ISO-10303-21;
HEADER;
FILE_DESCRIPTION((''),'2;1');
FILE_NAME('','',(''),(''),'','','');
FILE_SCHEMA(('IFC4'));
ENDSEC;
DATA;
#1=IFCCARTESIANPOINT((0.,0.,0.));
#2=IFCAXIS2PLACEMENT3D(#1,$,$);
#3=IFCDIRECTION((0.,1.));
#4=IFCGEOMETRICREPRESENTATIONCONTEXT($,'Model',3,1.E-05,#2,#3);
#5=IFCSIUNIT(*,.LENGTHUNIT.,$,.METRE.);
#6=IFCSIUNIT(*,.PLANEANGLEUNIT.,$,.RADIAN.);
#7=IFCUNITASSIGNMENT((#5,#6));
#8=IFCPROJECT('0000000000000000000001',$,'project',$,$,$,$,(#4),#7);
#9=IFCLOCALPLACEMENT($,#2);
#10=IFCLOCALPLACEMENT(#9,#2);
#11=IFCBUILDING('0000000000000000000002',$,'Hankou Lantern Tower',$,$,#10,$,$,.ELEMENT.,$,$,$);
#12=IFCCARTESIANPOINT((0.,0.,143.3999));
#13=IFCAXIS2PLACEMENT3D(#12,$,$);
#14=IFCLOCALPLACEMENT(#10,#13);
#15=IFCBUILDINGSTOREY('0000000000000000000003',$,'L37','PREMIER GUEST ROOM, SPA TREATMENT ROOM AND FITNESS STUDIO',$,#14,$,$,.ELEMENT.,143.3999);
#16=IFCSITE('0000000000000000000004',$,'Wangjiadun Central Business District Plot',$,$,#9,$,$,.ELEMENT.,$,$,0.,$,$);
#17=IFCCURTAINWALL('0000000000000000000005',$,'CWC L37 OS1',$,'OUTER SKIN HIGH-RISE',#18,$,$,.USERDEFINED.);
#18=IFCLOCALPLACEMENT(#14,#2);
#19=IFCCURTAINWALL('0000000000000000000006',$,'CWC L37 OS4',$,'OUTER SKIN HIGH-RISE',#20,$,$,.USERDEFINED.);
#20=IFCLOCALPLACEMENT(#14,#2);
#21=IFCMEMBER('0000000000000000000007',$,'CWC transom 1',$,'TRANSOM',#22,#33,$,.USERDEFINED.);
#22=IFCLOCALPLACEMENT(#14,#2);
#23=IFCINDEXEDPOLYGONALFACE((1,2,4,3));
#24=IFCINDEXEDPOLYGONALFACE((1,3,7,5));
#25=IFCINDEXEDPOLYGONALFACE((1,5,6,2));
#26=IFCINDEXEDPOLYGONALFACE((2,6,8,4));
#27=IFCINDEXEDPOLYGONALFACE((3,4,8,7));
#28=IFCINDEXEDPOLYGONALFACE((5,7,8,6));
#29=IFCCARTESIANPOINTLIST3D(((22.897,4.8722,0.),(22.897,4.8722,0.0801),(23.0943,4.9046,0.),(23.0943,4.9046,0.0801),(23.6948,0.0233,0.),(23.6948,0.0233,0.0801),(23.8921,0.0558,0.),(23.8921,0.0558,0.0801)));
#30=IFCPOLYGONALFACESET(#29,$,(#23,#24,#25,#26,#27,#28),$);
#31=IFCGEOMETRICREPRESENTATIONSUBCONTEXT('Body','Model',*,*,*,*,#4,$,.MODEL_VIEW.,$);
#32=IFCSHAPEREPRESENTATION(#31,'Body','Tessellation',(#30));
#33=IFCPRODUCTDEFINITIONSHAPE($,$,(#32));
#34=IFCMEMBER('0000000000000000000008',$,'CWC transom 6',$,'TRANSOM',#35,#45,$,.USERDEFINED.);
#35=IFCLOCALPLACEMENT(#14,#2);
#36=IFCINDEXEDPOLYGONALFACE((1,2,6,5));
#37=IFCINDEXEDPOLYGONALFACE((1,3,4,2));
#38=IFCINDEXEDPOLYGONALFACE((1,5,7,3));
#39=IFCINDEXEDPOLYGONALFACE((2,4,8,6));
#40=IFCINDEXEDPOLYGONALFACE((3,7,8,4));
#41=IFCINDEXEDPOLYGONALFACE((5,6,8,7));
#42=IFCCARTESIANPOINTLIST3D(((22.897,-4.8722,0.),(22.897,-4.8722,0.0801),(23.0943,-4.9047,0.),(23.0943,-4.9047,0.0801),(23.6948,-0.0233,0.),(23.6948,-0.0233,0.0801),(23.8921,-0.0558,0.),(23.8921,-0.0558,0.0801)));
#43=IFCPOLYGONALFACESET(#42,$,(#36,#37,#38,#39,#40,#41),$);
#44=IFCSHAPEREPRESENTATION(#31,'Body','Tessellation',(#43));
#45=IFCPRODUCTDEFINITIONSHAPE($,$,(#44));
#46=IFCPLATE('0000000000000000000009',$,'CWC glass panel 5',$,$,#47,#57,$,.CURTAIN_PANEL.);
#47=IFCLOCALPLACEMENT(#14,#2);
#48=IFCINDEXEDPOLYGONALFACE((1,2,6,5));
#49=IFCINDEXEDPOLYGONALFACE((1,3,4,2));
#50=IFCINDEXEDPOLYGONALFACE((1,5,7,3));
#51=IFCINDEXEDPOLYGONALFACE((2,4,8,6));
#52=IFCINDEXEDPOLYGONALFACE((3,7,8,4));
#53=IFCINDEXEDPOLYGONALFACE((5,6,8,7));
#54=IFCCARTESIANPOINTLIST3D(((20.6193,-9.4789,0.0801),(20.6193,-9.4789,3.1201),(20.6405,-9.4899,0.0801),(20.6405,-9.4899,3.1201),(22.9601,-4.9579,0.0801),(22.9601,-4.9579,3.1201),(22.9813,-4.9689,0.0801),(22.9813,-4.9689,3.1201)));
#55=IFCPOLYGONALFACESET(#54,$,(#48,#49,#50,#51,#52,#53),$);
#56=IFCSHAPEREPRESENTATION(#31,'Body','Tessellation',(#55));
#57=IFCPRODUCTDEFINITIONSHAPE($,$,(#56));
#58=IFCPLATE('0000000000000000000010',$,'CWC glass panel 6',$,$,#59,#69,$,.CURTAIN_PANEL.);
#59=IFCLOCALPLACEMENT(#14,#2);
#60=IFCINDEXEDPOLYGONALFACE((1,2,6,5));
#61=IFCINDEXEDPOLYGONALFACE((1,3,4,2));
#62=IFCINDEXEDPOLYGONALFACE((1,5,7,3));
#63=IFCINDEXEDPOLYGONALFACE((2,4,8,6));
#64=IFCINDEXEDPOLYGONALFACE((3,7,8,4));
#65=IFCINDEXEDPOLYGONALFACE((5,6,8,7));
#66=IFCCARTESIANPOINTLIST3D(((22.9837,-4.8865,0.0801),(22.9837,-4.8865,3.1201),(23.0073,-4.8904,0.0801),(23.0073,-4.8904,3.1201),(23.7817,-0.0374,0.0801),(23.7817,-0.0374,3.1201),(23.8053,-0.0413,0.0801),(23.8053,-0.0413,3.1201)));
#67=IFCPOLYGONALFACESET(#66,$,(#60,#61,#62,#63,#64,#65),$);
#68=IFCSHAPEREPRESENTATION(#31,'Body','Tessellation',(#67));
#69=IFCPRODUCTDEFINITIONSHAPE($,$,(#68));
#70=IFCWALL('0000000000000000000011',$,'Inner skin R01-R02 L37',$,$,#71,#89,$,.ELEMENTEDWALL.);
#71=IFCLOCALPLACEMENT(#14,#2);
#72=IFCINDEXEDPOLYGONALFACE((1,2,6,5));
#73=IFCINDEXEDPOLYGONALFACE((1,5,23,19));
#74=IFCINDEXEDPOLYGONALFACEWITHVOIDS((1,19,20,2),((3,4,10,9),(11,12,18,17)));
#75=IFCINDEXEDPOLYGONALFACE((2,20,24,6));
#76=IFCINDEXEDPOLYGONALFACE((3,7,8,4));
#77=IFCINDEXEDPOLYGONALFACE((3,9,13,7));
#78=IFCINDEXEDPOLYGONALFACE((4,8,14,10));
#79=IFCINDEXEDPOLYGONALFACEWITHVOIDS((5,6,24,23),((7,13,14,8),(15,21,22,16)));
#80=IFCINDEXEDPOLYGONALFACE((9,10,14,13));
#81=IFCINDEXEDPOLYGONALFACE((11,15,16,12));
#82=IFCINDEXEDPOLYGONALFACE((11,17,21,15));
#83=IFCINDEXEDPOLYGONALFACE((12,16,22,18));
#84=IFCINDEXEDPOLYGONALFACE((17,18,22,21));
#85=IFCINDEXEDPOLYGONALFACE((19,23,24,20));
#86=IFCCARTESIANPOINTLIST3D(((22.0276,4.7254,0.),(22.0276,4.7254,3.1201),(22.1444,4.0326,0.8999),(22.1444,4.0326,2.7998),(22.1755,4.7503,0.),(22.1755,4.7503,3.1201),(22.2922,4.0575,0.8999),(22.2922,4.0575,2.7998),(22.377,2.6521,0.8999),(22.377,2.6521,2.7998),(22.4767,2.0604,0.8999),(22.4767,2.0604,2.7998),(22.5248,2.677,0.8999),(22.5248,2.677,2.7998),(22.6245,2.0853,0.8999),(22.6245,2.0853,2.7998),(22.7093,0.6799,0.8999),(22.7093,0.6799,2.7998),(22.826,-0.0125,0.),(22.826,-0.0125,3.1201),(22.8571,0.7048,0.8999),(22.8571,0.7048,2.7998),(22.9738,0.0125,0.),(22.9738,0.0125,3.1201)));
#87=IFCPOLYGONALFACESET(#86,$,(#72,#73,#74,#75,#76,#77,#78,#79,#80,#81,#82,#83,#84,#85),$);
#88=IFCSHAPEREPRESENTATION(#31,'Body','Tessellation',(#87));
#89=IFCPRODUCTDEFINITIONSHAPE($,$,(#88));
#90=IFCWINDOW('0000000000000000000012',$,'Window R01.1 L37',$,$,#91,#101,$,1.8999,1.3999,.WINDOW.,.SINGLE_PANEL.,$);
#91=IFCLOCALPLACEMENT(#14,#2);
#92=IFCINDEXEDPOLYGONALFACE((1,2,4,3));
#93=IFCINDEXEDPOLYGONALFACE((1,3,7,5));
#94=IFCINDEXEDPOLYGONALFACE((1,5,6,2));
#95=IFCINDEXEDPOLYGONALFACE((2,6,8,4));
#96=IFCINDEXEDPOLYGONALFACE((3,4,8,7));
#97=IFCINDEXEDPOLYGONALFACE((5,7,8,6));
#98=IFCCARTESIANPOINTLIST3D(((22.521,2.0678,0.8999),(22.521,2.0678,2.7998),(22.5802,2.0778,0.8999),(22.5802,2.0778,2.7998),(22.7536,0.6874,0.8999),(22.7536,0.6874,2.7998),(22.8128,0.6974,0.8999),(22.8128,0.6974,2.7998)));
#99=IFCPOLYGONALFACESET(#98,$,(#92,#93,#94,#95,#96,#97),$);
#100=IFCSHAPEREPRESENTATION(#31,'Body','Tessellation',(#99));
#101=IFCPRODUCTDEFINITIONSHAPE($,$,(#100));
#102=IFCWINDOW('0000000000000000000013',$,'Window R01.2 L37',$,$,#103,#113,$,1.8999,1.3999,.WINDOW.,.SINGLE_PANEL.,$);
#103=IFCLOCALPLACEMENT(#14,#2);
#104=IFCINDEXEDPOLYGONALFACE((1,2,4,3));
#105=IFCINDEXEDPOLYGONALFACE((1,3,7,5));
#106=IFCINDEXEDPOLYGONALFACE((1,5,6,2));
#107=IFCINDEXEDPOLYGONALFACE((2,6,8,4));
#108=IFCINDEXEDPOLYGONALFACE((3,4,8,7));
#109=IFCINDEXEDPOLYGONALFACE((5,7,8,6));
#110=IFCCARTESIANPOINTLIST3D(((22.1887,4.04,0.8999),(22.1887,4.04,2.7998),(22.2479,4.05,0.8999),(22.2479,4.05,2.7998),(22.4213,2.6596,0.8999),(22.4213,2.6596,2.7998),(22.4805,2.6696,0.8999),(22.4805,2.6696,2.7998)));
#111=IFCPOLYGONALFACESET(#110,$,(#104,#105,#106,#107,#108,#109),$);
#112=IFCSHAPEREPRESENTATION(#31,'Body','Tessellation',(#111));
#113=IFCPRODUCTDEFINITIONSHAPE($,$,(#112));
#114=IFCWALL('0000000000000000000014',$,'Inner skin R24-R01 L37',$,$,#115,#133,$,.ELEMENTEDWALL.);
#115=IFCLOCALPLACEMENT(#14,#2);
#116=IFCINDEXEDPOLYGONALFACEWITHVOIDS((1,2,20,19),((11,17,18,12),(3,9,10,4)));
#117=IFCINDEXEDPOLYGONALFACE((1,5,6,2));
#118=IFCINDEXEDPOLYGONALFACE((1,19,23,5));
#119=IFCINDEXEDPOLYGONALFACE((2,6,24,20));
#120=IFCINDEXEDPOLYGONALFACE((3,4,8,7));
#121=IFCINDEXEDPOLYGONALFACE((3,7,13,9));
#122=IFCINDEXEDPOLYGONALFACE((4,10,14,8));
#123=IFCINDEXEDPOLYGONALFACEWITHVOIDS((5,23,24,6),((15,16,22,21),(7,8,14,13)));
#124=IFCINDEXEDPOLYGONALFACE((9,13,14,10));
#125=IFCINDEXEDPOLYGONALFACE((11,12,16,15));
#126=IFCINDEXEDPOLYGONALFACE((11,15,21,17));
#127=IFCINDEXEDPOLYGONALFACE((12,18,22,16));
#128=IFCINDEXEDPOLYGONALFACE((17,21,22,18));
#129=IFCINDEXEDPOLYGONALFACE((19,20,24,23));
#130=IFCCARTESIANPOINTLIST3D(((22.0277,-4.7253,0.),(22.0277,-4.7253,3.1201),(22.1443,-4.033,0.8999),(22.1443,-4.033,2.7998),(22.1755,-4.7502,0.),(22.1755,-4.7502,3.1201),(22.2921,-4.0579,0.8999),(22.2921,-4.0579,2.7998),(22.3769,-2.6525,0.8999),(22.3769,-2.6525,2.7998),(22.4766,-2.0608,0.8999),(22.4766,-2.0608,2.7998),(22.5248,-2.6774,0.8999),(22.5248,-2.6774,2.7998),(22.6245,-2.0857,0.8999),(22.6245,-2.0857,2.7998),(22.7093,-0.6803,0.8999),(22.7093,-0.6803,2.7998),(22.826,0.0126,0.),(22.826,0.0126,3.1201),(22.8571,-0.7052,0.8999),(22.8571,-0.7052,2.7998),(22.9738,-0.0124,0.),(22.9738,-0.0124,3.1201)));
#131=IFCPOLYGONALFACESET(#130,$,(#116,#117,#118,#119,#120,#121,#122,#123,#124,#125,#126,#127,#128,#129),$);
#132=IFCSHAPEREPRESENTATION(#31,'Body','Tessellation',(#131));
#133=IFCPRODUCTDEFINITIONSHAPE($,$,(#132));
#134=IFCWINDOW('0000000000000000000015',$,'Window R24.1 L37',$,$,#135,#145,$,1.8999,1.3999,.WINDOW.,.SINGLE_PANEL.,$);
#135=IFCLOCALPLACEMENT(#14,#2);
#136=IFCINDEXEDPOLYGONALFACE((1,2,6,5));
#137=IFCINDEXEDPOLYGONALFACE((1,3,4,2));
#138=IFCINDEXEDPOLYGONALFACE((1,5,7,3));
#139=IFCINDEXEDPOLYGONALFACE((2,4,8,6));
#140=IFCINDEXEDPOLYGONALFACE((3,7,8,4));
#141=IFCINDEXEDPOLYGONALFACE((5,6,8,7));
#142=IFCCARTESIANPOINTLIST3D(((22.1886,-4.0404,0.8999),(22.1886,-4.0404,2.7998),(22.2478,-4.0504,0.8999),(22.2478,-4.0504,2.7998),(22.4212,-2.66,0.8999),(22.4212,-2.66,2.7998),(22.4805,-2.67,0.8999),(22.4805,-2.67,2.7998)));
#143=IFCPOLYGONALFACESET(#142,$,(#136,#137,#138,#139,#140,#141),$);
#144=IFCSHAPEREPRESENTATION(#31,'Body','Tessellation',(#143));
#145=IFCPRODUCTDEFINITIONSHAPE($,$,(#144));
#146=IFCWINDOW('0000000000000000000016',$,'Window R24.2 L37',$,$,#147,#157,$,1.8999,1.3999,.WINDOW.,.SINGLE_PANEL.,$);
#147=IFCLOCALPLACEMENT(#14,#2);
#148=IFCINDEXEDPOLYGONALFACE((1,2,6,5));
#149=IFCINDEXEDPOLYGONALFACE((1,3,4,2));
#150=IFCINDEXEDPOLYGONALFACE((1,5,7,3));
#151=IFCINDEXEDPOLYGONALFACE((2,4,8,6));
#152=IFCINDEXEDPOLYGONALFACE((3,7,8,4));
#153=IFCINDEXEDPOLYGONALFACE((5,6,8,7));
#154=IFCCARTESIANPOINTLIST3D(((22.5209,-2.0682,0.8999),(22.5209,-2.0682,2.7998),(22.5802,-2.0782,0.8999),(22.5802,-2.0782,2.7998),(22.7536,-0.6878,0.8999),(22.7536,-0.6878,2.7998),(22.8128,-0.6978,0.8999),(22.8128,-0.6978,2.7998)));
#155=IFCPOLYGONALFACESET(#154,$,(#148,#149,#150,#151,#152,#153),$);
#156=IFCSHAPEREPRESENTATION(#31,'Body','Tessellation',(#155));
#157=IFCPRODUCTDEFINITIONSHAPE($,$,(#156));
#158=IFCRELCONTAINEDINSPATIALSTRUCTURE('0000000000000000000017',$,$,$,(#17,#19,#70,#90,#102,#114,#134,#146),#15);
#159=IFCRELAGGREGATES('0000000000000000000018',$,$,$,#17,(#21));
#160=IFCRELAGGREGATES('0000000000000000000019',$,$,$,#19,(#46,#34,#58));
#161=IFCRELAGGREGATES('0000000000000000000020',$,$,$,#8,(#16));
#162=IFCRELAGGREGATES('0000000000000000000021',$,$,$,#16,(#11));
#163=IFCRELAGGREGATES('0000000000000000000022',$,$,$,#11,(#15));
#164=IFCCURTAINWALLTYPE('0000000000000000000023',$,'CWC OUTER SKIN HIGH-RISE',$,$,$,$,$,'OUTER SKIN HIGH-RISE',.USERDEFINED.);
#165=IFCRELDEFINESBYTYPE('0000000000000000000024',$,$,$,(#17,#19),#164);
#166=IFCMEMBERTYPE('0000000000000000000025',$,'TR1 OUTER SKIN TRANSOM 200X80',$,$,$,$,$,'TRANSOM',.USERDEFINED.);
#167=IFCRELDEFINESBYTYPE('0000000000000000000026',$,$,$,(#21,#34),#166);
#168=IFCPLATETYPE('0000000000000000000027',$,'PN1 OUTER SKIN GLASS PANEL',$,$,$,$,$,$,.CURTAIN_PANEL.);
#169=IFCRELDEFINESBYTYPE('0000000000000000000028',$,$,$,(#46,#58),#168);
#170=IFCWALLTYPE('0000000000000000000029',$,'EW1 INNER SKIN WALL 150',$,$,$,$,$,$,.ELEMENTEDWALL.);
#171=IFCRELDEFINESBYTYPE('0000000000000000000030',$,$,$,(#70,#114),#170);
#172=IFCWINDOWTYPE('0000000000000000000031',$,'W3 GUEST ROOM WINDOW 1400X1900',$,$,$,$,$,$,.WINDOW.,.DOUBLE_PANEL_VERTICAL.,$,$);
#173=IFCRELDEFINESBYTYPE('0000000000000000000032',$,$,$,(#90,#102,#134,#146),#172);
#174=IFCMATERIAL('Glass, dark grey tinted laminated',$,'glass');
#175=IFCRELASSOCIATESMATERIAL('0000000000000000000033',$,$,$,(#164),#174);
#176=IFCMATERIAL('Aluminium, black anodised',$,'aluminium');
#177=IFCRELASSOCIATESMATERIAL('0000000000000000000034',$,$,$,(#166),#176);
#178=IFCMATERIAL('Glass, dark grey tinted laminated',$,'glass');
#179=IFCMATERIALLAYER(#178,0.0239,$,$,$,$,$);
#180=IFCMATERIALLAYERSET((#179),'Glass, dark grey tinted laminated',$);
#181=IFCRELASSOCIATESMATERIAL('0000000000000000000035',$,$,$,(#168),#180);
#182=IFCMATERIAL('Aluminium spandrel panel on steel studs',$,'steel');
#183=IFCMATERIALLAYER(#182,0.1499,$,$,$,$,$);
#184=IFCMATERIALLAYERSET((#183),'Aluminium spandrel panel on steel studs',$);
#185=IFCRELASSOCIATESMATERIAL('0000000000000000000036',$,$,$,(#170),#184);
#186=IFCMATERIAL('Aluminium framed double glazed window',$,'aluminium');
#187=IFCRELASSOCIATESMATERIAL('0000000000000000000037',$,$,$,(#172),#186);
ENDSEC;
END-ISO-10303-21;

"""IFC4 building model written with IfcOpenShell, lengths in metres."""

from ifc_helpers import new_model, si_unit, direction, frame, frame_2d, origin, origin_2d, place, context, subcontext, project, spatial, rectangle, extrude, material, layer, layer_set, material_profile, profile_set, type_object, element, fill, aggregate, save


model = new_model("IFC4")

# Units and contexts
model_context = context("Model", 3, precision=1e-05, world=origin(), true_north=direction((0.0, 1.0)))
body_context = subcontext(model_context, "Body", "Model", "MODEL_VIEW")
ifc_project = project(units=[si_unit("LENGTHUNIT", "METRE"), si_unit("PLANEANGLEUNIT", "RADIAN")], contexts=[model_context])

# Site, building, storey
site_placement = place(None, origin())
site = spatial("IfcSite", under=ifc_project, at=site_placement, Name="Wangjiadun Central Business District Plot", CompositionType="ELEMENT", RefElevation=0.0)
building_placement = place(site_placement, origin())
building = spatial("IfcBuilding", under=site, at=building_placement, Name="Hankou Lantern Tower", CompositionType="ELEMENT")
storey_placement = place(building_placement, frame((0.0, 0.0, 143.3999)))
storey = spatial("IfcBuildingStorey", under=building, at=storey_placement, Name="L37", Description="PREMIER GUEST ROOM, SPA TREATMENT ROOM AND FITNESS STUDIO", CompositionType="ELEMENT", Elevation=143.3999)

# Curtain walls
ifc_material_1 = material(Name="Glass, dark grey tinted laminated", Category="glass")
curtain_wall_type = type_object("IfcCurtainWallType", Name="CWC OUTER SKIN HIGH-RISE", ElementType="OUTER SKIN HIGH-RISE", PredefinedType="USERDEFINED", material=ifc_material_1)
curtain_wall_1_placement = place(storey_placement, origin())
curtain_wall_1 = element("IfcCurtainWall", 1, at=curtain_wall_1_placement, inside=storey, type_object=curtain_wall_type, Name="CWC L37 OS1", ObjectType="OUTER SKIN HIGH-RISE", PredefinedType="USERDEFINED")
curtain_wall_2_placement = place(storey_placement, origin())
curtain_wall_2 = element("IfcCurtainWall", 2, at=curtain_wall_2_placement, inside=storey, type_object=curtain_wall_type, Name="CWC L37 OS4", ObjectType="OUTER SKIN HIGH-RISE", PredefinedType="USERDEFINED")

# Members
ifc_material_2 = material(Name="Aluminium, black anodised", Category="aluminium")
ifc_material_profile_1 = material_profile(ifc_material_2, rectangle(XDim=0.2, YDim=0.0801, at=origin_2d()), Name="TR1 200X80")
ifc_profile_set_1 = profile_set([ifc_material_profile_1], Name="Aluminium, black anodised")
member_type_1 = type_object("IfcMemberType", Name="TR1 OUTER SKIN TRANSOM 200X80", ElementType="TRANSOM", PredefinedType="USERDEFINED", material=ifc_profile_set_1)
member_1_placement = place(storey_placement, frame((23.7935, 0.0396, 0.04), z_axis=(-0.16236, 0.986732, 0.0), x_axis=(-0.986732, -0.16236, 0.0)))
member_1 = element("IfcMember", 3, at=member_1_placement, type_object=member_type_1, Name="CWC transom 1", ObjectType="TRANSOM", PredefinedType="USERDEFINED", context=body_context, shape_type="SweptSolid", body=[
    extrude(rectangle(XDim=0.2, YDim=0.0801, at=origin_2d()), origin(), (0.0, 0.0, 1.0), 4.9141),
])
aggregate(curtain_wall_1, [member_1])
member_2_placement = place(storey_placement, frame((22.9956, -4.8884, 0.04), z_axis=(0.16236, 0.986732, 0.0), x_axis=(-0.986732, 0.16236, 0.0)))
member_2 = element("IfcMember", 4, at=member_2_placement, type_object=member_type_1, Name="CWC transom 6", ObjectType="TRANSOM", PredefinedType="USERDEFINED", context=body_context, shape_type="SweptSolid", body=[
    extrude(rectangle(XDim=0.2, YDim=0.0801, at=origin_2d()), origin(), (0.0, 0.0, 1.0), 4.9141),
])

# Plates
ifc_material_3 = material(Name="Glass, dark grey tinted laminated", Category="glass")
ifc_layer_1 = layer(ifc_material_3, 0.0239)
ifc_layer_set_1 = layer_set([ifc_layer_1], Name="Glass, dark grey tinted laminated")
plate_type = type_object("IfcPlateType", Name="PN1 OUTER SKIN GLASS PANEL", PredefinedType="CURTAIN_PANEL", material=ifc_layer_set_1)
plate_1_placement = place(storey_placement, frame((21.8003, -7.2239, 0.0801), z_axis=(0.0, 0.0, 1.0), x_axis=(0.459791, 0.888027, 0.0)))
plate_1 = element("IfcPlate", 5, at=plate_1_placement, type_object=plate_type, Name="CWC glass panel 5", PredefinedType="CURTAIN_PANEL", context=body_context, shape_type="SweptSolid", body=[
    extrude(rectangle(XDim=5.0911, YDim=0.0239, at=origin_2d()), origin(), (0.0, 0.0, 1.0), 3.04),
])
plate_2_placement = place(storey_placement, frame((23.3945, -2.4639, 0.0801), z_axis=(0.0, 0.0, 1.0), x_axis=(0.162382, 0.986728, 0.0)))
plate_2 = element("IfcPlate", 6, at=plate_2_placement, type_object=plate_type, Name="CWC glass panel 6", PredefinedType="CURTAIN_PANEL", context=body_context, shape_type="SweptSolid", body=[
    extrude(rectangle(XDim=4.9143, YDim=0.0239, at=origin_2d()), origin(), (0.0, 0.0, 1.0), 3.04),
])
aggregate(curtain_wall_2, [plate_1, member_2, plate_2])

# Walls, openings, windows
ifc_material_4 = material(Name="Aluminium spandrel panel on steel studs", Category="steel")
ifc_layer_2 = layer(ifc_material_4, 0.1499)
ifc_layer_set_2 = layer_set([ifc_layer_2], Name="Aluminium spandrel panel on steel studs")
wall_type = type_object("IfcWallType", Name="EW1 INNER SKIN WALL 150", PredefinedType="ELEMENTEDWALL", material=ifc_layer_set_2)
wall_1_placement = place(storey_placement, frame((22.8999, 0.0, 0.0), z_axis=(0.0, 0.0, 1.0), x_axis=(-0.166162, 0.986098, 0.0)))
wall_1 = element("IfcWall", 7, at=wall_1_placement, inside=storey, type_object=wall_type, Name="Inner skin R01-R02 L37", PredefinedType="ELEMENTEDWALL", context=body_context, shape_type="SweptSolid", body=[
    extrude(rectangle(XDim=4.8047, YDim=0.1499, at=frame_2d((2.4023, 0.0))), origin(), (0.0, 0.0, 1.0), 3.1201),
])
opening_1_placement = place(wall_1_placement, frame((0.7021, 0.0, 0.8999)))
opening_1 = element("IfcOpeningElement", 8, at=opening_1_placement, cuts=wall_1, PredefinedType="OPENING", context=body_context, shape_type="SweptSolid", body=[
    extrude(rectangle(XDim=1.3999, YDim=1.8999, at=frame_2d((0.7, 0.95))), frame((0.0, 0.085, 0.0), z_axis=(0.0, -1.0, 0.0), x_axis=(1.0, 0.0, 0.0)), (0.0, 0.0, 1.0), 0.1699),
])
opening_2_placement = place(wall_1_placement, frame((2.7021, 0.0, 0.8999)))
opening_2 = element("IfcOpeningElement", 9, at=opening_2_placement, cuts=wall_1, PredefinedType="OPENING", context=body_context, shape_type="SweptSolid", body=[
    extrude(rectangle(XDim=1.3999, YDim=1.8999, at=frame_2d((0.7, 0.95))), frame((0.0, 0.085, 0.0), z_axis=(0.0, -1.0, 0.0), x_axis=(1.0, 0.0, 0.0)), (0.0, 0.0, 1.0), 0.1699),
])
ifc_material_5 = material(Name="Aluminium framed double glazed window", Category="aluminium")
window_type = type_object("IfcWindowType", Name="W3 GUEST ROOM WINDOW 1400X1900", PartitioningType="DOUBLE_PANEL_VERTICAL", PredefinedType="WINDOW", material=ifc_material_5)
window_1_placement = place(opening_1_placement, origin())
window_1 = element("IfcWindow", 10, at=window_1_placement, inside=storey, type_object=window_type, Name="Window R01.1 L37", OverallHeight=1.8999, OverallWidth=1.3999, PartitioningType="SINGLE_PANEL", PredefinedType="WINDOW", context=body_context, shape_type="SweptSolid", body=[
    extrude(rectangle(XDim=1.3999, YDim=1.8999, at=frame_2d((0.7, 0.95))), frame((0.0, 0.03, 0.0), z_axis=(0.0, -1.0, 0.0), x_axis=(1.0, 0.0, 0.0)), (0.0, 0.0, 1.0), 0.0601),
])
fill(opening_1, window_1)
window_2_placement = place(opening_2_placement, origin())
window_2 = element("IfcWindow", 11, at=window_2_placement, inside=storey, type_object=window_type, Name="Window R01.2 L37", OverallHeight=1.8999, OverallWidth=1.3999, PartitioningType="SINGLE_PANEL", PredefinedType="WINDOW", context=body_context, shape_type="SweptSolid", body=[
    extrude(rectangle(XDim=1.3999, YDim=1.8999, at=frame_2d((0.7, 0.95))), frame((0.0, 0.03, 0.0), z_axis=(0.0, -1.0, 0.0), x_axis=(1.0, 0.0, 0.0)), (0.0, 0.0, 1.0), 0.0601),
])
fill(opening_2, window_2)
wall_2_placement = place(storey_placement, frame((22.1016, -4.7378, 0.0), z_axis=(0.0, 0.0, 1.0), x_axis=(0.166162, 0.986098, 0.0)))
wall_2 = element("IfcWall", 12, at=wall_2_placement, inside=storey, type_object=wall_type, Name="Inner skin R24-R01 L37", PredefinedType="ELEMENTEDWALL", context=body_context, shape_type="SweptSolid", body=[
    extrude(rectangle(XDim=4.8047, YDim=0.1499, at=frame_2d((2.4023, 0.0))), origin(), (0.0, 0.0, 1.0), 3.1201),
])
opening_3_placement = place(wall_2_placement, frame((0.7021, 0.0, 0.8999)))
opening_3 = element("IfcOpeningElement", 13, at=opening_3_placement, cuts=wall_2, PredefinedType="OPENING", context=body_context, shape_type="SweptSolid", body=[
    extrude(rectangle(XDim=1.3999, YDim=1.8999, at=frame_2d((0.7, 0.95))), frame((0.0, 0.085, 0.0), z_axis=(0.0, -1.0, 0.0), x_axis=(1.0, 0.0, 0.0)), (0.0, 0.0, 1.0), 0.1699),
])
opening_4_placement = place(wall_2_placement, frame((2.7021, 0.0, 0.8999)))
opening_4 = element("IfcOpeningElement", 14, at=opening_4_placement, cuts=wall_2, PredefinedType="OPENING", context=body_context, shape_type="SweptSolid", body=[
    extrude(rectangle(XDim=1.3999, YDim=1.8999, at=frame_2d((0.7, 0.95))), frame((0.0, 0.085, 0.0), z_axis=(0.0, -1.0, 0.0), x_axis=(1.0, 0.0, 0.0)), (0.0, 0.0, 1.0), 0.1699),
])
window_3_placement = place(opening_3_placement, origin())
window_3 = element("IfcWindow", 15, at=window_3_placement, inside=storey, type_object=window_type, Name="Window R24.1 L37", OverallHeight=1.8999, OverallWidth=1.3999, PartitioningType="SINGLE_PANEL", PredefinedType="WINDOW", context=body_context, shape_type="SweptSolid", body=[
    extrude(rectangle(XDim=1.3999, YDim=1.8999, at=frame_2d((0.7, 0.95))), frame((0.0, 0.03, 0.0), z_axis=(0.0, -1.0, 0.0), x_axis=(1.0, 0.0, 0.0)), (0.0, 0.0, 1.0), 0.0601),
])
fill(opening_3, window_3)
window_4_placement = place(opening_4_placement, origin())
window_4 = element("IfcWindow", 16, at=window_4_placement, inside=storey, type_object=window_type, Name="Window R24.2 L37", OverallHeight=1.8999, OverallWidth=1.3999, PartitioningType="SINGLE_PANEL", PredefinedType="WINDOW", context=body_context, shape_type="SweptSolid", body=[
    extrude(rectangle(XDim=1.3999, YDim=1.8999, at=frame_2d((0.7, 0.95))), frame((0.0, 0.03, 0.0), z_axis=(0.0, -1.0, 0.0), x_axis=(1.0, 0.0, 0.0)), (0.0, 0.0, 1.0), 0.0601),
])
fill(opening_4, window_4)

save(model, "model.ifc")
